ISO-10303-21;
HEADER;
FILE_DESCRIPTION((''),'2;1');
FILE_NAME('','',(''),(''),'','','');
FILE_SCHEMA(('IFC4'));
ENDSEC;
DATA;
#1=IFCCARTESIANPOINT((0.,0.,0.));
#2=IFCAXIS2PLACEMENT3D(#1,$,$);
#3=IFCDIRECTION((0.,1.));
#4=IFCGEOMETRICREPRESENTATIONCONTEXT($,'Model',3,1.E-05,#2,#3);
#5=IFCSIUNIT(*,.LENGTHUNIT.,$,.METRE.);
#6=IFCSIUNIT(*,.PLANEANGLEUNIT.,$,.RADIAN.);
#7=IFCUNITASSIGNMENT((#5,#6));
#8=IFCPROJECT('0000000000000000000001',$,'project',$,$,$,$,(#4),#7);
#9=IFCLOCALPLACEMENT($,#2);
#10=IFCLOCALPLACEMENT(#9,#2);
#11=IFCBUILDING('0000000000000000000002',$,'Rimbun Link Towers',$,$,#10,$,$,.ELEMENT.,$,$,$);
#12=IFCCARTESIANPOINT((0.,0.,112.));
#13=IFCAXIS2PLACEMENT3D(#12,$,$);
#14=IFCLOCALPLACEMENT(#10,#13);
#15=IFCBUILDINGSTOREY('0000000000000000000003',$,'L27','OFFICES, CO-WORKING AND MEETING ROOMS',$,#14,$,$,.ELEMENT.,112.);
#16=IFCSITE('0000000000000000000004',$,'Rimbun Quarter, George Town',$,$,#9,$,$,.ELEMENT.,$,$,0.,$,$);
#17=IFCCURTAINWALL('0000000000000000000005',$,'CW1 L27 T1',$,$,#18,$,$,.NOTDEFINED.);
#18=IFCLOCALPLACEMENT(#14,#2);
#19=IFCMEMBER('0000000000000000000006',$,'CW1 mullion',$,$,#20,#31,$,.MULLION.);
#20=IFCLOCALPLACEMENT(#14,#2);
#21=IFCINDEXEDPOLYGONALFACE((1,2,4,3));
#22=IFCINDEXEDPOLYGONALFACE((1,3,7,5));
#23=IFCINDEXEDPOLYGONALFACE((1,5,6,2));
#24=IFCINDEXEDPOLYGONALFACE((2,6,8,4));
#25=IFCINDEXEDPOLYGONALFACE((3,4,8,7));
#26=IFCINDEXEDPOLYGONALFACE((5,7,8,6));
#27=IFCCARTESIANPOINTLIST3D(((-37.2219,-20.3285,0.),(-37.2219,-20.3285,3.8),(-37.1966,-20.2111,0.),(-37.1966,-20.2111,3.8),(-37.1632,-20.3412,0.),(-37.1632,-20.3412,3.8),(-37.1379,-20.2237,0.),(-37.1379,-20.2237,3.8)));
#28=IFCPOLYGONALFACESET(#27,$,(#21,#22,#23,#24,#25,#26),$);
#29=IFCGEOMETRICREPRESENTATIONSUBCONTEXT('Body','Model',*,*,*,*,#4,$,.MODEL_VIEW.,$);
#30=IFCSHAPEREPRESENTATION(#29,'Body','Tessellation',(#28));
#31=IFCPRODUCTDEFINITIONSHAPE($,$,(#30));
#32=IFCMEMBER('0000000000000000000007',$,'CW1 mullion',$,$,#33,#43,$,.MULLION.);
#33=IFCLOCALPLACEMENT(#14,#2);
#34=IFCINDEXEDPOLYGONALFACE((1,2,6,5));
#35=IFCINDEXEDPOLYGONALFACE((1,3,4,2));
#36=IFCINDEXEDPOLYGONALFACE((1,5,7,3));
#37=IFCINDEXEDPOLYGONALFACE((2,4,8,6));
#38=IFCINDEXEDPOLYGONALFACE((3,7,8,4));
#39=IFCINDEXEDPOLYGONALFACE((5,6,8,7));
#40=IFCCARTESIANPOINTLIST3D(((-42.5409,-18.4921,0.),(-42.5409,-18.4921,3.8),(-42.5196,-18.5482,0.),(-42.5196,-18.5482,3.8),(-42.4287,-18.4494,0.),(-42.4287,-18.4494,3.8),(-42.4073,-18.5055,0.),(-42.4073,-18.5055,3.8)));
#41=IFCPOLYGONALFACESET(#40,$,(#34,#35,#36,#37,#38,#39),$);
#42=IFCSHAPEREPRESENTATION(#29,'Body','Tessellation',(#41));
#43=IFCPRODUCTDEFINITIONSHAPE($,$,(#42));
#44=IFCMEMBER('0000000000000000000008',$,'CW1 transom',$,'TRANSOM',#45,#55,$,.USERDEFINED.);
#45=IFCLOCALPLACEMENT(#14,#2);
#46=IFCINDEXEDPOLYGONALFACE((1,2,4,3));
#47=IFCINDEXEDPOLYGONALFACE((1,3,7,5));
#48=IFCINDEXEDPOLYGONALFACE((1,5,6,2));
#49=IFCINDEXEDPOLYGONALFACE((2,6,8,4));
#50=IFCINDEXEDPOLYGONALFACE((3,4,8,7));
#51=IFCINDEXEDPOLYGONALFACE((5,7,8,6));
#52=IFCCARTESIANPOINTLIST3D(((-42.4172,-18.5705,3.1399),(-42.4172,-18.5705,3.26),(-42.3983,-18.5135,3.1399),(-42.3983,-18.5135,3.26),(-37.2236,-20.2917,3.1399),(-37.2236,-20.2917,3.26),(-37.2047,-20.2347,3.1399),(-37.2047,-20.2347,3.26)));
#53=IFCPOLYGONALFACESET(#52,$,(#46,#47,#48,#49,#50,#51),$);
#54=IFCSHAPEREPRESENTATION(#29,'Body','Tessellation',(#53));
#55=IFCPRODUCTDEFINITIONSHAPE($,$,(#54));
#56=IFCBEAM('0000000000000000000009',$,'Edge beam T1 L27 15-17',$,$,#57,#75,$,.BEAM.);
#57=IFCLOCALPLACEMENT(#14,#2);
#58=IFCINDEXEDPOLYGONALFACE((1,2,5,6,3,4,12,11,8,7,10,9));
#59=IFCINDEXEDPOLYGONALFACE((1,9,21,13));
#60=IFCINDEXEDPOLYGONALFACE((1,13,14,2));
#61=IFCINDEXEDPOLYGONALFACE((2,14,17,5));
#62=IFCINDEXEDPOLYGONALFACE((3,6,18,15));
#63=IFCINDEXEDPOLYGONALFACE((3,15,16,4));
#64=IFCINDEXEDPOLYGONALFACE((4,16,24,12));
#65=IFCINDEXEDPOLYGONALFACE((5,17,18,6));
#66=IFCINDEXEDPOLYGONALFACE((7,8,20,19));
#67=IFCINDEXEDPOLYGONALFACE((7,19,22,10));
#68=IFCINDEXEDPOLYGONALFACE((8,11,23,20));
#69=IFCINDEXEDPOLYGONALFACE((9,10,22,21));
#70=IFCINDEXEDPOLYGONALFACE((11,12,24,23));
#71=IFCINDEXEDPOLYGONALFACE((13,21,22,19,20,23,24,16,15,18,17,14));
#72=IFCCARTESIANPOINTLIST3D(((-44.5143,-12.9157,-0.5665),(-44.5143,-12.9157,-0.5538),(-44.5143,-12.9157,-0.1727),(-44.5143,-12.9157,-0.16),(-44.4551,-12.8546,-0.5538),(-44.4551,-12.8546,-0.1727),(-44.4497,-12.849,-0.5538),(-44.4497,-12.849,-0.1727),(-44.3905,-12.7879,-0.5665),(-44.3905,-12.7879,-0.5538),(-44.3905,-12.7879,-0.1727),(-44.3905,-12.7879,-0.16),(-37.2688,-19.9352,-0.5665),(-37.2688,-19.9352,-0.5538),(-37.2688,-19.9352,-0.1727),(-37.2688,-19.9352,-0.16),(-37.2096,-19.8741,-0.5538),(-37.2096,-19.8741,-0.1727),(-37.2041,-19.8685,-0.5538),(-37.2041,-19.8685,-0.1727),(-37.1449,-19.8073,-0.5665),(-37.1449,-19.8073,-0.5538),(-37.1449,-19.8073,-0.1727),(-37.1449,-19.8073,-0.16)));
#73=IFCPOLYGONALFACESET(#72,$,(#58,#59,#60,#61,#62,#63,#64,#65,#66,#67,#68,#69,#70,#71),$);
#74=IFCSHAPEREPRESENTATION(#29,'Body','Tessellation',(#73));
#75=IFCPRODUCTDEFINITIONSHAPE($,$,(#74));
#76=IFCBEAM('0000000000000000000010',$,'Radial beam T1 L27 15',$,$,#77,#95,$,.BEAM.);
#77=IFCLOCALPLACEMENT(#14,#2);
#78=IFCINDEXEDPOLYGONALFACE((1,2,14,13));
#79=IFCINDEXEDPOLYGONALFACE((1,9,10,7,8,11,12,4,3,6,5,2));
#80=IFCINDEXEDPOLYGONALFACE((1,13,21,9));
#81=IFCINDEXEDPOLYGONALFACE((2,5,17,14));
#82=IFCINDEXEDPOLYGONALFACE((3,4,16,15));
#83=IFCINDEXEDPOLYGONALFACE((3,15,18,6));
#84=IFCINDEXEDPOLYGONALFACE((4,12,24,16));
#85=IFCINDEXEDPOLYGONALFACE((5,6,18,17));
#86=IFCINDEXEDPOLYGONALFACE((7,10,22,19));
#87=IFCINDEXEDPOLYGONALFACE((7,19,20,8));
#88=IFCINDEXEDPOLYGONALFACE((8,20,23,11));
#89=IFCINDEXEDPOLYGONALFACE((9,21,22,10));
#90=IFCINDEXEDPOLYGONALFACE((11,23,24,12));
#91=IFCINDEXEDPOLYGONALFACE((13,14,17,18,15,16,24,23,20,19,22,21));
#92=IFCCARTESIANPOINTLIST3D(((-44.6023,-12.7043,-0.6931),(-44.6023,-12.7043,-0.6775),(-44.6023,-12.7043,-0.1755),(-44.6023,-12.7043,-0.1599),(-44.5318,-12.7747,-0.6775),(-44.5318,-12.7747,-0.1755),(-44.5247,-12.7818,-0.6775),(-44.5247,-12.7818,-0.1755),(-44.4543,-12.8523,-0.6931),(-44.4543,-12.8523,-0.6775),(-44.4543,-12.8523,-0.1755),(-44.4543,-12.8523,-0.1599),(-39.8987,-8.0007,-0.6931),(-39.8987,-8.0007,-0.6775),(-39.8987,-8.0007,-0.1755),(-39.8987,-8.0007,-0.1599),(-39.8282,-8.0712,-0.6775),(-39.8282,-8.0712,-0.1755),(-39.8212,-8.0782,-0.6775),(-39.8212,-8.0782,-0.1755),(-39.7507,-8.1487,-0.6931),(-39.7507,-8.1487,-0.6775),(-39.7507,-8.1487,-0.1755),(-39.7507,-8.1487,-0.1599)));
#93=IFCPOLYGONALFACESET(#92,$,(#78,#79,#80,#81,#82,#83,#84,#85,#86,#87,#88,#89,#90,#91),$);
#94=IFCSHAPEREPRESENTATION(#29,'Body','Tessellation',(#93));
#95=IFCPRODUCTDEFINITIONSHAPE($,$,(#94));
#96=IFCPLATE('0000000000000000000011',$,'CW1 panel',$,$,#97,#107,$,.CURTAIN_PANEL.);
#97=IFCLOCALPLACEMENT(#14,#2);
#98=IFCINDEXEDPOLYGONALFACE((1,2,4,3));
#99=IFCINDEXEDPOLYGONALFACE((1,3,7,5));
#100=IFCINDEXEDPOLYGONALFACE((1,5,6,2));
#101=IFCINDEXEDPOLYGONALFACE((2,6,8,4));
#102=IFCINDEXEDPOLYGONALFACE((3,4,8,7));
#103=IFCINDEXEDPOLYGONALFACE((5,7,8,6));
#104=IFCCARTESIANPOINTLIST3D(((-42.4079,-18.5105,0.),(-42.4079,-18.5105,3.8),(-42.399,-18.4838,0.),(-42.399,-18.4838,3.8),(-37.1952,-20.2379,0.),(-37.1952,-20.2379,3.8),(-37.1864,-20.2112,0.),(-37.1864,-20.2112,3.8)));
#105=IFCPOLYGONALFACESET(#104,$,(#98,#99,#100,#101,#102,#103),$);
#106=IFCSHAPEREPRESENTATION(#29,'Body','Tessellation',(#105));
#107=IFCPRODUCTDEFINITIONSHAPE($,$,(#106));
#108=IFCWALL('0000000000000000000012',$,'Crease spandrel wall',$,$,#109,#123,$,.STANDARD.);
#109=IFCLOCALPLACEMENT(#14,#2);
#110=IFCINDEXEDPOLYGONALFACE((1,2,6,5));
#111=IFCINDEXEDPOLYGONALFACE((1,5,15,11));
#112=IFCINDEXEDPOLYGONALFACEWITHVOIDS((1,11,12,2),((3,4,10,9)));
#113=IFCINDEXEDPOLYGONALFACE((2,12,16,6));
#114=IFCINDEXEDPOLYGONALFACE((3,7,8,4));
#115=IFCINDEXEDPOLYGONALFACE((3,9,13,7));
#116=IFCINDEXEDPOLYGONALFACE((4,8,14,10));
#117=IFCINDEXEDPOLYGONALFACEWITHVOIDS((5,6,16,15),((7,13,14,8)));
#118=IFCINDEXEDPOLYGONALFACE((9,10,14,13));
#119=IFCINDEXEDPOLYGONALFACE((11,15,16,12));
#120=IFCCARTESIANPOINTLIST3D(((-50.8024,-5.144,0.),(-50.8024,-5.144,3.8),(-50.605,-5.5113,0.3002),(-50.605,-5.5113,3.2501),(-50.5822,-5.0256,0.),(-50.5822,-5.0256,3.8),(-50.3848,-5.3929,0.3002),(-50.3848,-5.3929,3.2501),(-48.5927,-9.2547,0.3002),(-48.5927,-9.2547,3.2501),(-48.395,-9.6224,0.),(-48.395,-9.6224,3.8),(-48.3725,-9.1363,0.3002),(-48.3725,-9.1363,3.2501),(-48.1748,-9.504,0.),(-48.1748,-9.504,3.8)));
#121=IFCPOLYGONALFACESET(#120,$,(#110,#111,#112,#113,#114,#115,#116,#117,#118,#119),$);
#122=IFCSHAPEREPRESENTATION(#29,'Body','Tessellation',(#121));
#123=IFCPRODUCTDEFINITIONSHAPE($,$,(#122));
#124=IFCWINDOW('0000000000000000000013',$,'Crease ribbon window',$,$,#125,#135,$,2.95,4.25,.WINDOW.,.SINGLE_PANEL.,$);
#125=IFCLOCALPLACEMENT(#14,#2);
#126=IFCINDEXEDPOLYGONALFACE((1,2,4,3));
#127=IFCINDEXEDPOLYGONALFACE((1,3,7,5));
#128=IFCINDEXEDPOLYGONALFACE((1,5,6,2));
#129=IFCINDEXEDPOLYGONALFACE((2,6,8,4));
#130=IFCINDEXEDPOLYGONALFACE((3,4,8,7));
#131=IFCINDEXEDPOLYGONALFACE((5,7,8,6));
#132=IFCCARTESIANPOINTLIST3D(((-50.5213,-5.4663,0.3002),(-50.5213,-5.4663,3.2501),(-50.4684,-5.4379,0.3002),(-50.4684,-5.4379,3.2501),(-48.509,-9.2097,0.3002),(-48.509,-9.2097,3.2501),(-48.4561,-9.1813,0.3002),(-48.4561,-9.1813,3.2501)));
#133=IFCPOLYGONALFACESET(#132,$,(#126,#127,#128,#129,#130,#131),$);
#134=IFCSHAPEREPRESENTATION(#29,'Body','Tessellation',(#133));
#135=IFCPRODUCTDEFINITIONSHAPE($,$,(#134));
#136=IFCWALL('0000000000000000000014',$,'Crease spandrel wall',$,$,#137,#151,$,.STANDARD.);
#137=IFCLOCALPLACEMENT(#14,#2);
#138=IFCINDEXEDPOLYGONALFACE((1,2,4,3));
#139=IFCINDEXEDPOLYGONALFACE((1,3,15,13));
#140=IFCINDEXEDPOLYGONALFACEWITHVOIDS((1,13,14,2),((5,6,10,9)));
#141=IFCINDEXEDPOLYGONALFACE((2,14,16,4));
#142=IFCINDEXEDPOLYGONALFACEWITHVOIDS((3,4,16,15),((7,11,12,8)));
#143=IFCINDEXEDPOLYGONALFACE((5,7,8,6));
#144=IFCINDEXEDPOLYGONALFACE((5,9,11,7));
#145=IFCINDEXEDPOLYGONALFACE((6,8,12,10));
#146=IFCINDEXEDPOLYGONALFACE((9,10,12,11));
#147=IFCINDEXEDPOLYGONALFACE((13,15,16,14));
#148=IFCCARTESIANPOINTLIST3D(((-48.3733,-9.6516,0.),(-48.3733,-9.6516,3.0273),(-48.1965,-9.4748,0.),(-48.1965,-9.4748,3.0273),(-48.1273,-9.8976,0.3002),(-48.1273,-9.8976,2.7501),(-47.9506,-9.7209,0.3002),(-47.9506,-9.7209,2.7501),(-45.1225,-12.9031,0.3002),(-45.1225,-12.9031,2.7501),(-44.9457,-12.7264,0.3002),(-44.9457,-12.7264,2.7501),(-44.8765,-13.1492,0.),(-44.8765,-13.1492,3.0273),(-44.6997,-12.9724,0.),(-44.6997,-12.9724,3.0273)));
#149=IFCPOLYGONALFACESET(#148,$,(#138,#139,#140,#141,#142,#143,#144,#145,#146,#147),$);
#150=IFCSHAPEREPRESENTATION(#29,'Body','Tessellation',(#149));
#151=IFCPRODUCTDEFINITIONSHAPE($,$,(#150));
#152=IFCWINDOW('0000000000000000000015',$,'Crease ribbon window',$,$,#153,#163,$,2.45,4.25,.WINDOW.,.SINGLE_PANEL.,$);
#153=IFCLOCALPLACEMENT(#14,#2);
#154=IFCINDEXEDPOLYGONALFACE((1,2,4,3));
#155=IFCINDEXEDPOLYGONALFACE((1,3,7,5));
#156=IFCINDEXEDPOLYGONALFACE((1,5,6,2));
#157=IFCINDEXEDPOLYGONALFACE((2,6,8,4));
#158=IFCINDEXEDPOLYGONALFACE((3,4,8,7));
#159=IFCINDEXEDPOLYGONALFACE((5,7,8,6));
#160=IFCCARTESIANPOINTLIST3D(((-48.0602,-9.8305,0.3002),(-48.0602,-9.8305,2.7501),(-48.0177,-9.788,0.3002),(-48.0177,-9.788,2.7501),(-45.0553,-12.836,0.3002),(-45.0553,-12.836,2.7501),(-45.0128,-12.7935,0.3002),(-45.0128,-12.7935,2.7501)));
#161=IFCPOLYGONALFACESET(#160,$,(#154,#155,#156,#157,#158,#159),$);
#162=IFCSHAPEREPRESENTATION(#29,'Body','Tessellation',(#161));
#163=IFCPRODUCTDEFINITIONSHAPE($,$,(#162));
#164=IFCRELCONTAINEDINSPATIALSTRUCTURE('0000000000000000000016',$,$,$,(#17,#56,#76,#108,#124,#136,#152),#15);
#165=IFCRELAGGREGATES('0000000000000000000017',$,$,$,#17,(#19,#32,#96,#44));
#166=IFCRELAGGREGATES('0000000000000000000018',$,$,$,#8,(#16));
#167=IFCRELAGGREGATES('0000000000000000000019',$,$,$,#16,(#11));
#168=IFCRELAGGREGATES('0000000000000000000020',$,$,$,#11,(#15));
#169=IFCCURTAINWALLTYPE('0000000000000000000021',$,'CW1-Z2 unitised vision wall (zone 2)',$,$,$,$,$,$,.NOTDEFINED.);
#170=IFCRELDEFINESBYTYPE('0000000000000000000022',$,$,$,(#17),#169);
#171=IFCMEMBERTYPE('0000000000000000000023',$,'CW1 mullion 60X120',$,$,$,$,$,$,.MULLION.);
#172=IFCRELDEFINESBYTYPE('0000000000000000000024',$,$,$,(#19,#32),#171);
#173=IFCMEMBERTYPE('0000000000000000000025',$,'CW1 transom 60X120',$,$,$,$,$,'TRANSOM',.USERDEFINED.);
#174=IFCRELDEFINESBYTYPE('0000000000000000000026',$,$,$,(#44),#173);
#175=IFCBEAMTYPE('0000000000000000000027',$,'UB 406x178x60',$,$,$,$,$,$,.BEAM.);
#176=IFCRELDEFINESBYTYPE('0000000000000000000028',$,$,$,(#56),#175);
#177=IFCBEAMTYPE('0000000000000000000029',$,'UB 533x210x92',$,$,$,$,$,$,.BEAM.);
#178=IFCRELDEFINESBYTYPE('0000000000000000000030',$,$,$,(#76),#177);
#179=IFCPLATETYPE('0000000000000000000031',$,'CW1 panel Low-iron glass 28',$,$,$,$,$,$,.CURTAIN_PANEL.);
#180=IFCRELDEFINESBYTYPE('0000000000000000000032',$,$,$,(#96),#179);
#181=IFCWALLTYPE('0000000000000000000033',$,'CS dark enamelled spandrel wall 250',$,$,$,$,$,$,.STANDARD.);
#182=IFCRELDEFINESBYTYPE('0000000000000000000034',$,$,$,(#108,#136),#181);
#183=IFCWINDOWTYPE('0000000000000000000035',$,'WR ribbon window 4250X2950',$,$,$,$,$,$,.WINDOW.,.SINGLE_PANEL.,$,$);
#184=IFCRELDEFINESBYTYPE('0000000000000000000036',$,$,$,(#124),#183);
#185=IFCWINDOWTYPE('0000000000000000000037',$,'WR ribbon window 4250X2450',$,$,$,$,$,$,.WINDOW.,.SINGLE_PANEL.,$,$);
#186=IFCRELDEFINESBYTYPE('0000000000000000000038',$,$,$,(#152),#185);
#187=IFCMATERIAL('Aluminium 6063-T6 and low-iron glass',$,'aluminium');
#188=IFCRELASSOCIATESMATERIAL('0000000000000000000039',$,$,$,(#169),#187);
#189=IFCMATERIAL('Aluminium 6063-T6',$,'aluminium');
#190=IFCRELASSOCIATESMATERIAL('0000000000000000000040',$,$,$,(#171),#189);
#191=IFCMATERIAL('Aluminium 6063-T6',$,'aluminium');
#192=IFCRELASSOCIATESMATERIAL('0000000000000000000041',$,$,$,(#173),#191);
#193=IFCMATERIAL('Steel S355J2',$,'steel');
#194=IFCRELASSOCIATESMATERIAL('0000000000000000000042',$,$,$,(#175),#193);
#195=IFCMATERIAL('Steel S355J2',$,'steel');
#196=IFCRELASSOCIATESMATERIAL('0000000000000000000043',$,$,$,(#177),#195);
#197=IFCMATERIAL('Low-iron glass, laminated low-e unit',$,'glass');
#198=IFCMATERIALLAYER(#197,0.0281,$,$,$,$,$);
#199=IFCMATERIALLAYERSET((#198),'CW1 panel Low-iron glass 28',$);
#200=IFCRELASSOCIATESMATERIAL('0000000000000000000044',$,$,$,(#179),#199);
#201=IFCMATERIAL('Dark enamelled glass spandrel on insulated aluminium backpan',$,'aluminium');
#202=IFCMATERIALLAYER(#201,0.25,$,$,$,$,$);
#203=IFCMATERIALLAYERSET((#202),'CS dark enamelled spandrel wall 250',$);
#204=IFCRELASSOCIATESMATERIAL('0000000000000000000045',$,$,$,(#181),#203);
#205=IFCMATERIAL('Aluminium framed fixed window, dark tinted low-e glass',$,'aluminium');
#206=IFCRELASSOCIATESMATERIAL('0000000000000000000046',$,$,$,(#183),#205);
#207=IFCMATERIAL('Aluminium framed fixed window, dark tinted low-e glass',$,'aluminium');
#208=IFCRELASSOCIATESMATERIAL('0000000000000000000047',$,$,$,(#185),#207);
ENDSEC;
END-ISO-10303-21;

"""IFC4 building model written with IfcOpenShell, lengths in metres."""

from ifc_helpers import new_model, si_unit, direction, frame, frame_2d, origin, origin_2d, place, context, subcontext, project, spatial, rectangle, i_section, extrude, material, layer, layer_set, material_profile, profile_set, type_object, element, fill, aggregate, save


model = new_model("IFC4")

# Units and contexts
model_context = context("Model", 3, precision=1e-05, world=origin(), true_north=direction((0.0, 1.0)))
body_context = subcontext(model_context, "Body", "Model", "MODEL_VIEW")
ifc_project = project(units=[si_unit("LENGTHUNIT", "METRE"), si_unit("PLANEANGLEUNIT", "RADIAN")], contexts=[model_context])

# Site, building, storey
site_placement = place(None, origin())
site = spatial("IfcSite", under=ifc_project, at=site_placement, Name="Rimbun Quarter, George Town", CompositionType="ELEMENT", RefElevation=0.0)
building_placement = place(site_placement, origin())
building = spatial("IfcBuilding", under=site, at=building_placement, Name="Rimbun Link Towers", CompositionType="ELEMENT")
storey_placement = place(building_placement, frame((0.0, 0.0, 112.0)))
storey = spatial("IfcBuildingStorey", under=building, at=storey_placement, Name="L27", Description="OFFICES, CO-WORKING AND MEETING ROOMS", CompositionType="ELEMENT", Elevation=112.0)

# Curtain wall, members
ifc_material_1 = material(Name="Aluminium 6063-T6 and low-iron glass", Category="aluminium")
curtain_wall_type = type_object("IfcCurtainWallType", Name="CW1-Z2 unitised vision wall (zone 2)", PredefinedType="NOTDEFINED", material=ifc_material_1)
curtain_wall_placement = place(storey_placement, origin())
curtain_wall = element("IfcCurtainWall", 1, at=curtain_wall_placement, inside=storey, type_object=curtain_wall_type, Name="CW1 L27 T1", PredefinedType="NOTDEFINED")
ifc_material_2 = material(Name="Aluminium 6063-T6", Category="aluminium")
ifc_material_profile_1 = material_profile(ifc_material_2, rectangle(XDim=0.1201, YDim=0.0601, at=origin_2d()), Name="MULLION 60X120")
ifc_profile_set_1 = profile_set([ifc_material_profile_1], Name="Aluminium 6063-T6")
member_type_1 = type_object("IfcMemberType", Name="CW1 mullion 60X120", PredefinedType="MULLION", material=ifc_profile_set_1)
member_1_placement = place(storey_placement, frame((-37.1799, -20.2761, 0.0), z_axis=(0.0, 0.0, 1.0), x_axis=(-0.210865, -0.977515, 0.0)))
member_1 = element("IfcMember", 2, at=member_1_placement, type_object=member_type_1, Name="CW1 mullion", PredefinedType="MULLION", context=body_context, shape_type="SweptSolid", body=[
    extrude(rectangle(XDim=0.1201, YDim=0.0601, at=origin_2d()), origin(), (0.0, 0.0, 1.0), 3.8),
])
member_2_placement = place(storey_placement, frame((-42.4741, -18.4988, 0.0), z_axis=(0.0, 0.0, 1.0), x_axis=(-0.934622, -0.355643, 0.0)))
member_2 = element("IfcMember", 3, at=member_2_placement, type_object=member_type_1, Name="CW1 mullion", PredefinedType="MULLION", context=body_context, shape_type="SweptSolid", body=[
    extrude(rectangle(XDim=0.1201, YDim=0.0601, at=origin_2d()), origin(), (0.0, 0.0, 1.0), 3.8),
])
ifc_material_3 = material(Name="Aluminium 6063-T6", Category="aluminium")
ifc_material_profile_2 = material_profile(ifc_material_3, rectangle(XDim=0.0601, YDim=0.1201, at=origin_2d()), Name="TRANSOM 60X120")
ifc_profile_set_2 = profile_set([ifc_material_profile_2], Name="Aluminium 6063-T6")
member_type_2 = type_object("IfcMemberType", Name="CW1 transom 60X120", ElementType="TRANSOM", PredefinedType="USERDEFINED", material=ifc_profile_set_2)
member_3_placement = place(storey_placement, frame((-37.2141, -20.2632, 3.2), z_axis=(-0.949231, 0.314581, 0.0), x_axis=(-0.314581, -0.949231, 0.0)))
member_3 = element("IfcMember", 4, at=member_3_placement, type_object=member_type_2, Name="CW1 transom", ObjectType="TRANSOM", PredefinedType="USERDEFINED", context=body_context, shape_type="SweptSolid", body=[
    extrude(rectangle(XDim=0.0601, YDim=0.1201, at=origin_2d()), origin(), (0.0, 0.0, 1.0), 5.4714),
])

# Beams
ifc_material_4 = material(Name="Steel S355J2", Category="steel")
ifc_material_profile_3 = material_profile(ifc_material_4, i_section(OverallWidth=0.178, OverallDepth=0.4065, WebThickness=0.0078, FlangeThickness=0.0127, at=origin_2d()), Name="UB 406x178x60")
ifc_profile_set_3 = profile_set([ifc_material_profile_3], Name="Steel S355J2")
beam_type_1 = type_object("IfcBeamType", Name="UB 406x178x60", PredefinedType="BEAM", material=ifc_profile_set_3)
beam_1_placement = place(storey_placement, frame((-44.4524, -12.8518, -0.3633), z_axis=(0.718223, -0.695813, 0.0), x_axis=(0.695813, 0.718223, 0.0)))
element("IfcBeam", 5, at=beam_1_placement, inside=storey, type_object=beam_type_1, Name="Edge beam T1 L27 15-17", PredefinedType="BEAM", context=body_context, shape_type="SweptSolid", body=[
    extrude(i_section(OverallWidth=0.178, OverallDepth=0.4065, WebThickness=0.0078, FlangeThickness=0.0127, at=origin_2d()), origin(), (0.0, 0.0, 1.0), 10.0881),
])
ifc_material_5 = material(Name="Steel S355J2", Category="steel")
ifc_material_profile_4 = material_profile(ifc_material_5, i_section(OverallWidth=0.2092, OverallDepth=0.5332, WebThickness=0.01, FlangeThickness=0.0156, at=origin_2d()), Name="UB 533x210x92")
ifc_profile_set_4 = profile_set([ifc_material_profile_4], Name="Steel S355J2")
beam_type_2 = type_object("IfcBeamType", Name="UB 533x210x92", PredefinedType="BEAM", material=ifc_profile_set_4)
beam_2_placement = place(storey_placement, frame((-39.8247, -8.0747, -0.4265), z_axis=(-0.707107, -0.707107, 0.0), x_axis=(0.707107, -0.707107, 0.0)))
element("IfcBeam", 6, at=beam_2_placement, inside=storey, type_object=beam_type_2, Name="Radial beam T1 L27 15", PredefinedType="BEAM", context=body_context, shape_type="SweptSolid", body=[
    extrude(i_section(OverallWidth=0.2092, OverallDepth=0.5332, WebThickness=0.01, FlangeThickness=0.0156, at=origin_2d()), origin(), (0.0, 0.0, 1.0), 6.6519),
])

# Plate
ifc_material_6 = material(Name="Low-iron glass, laminated low-e unit", Category="glass")
ifc_layer_1 = layer(ifc_material_6, 0.0281)
ifc_layer_set_1 = layer_set([ifc_layer_1], Name="CW1 panel Low-iron glass 28")
plate_type = type_object("IfcPlateType", Name="CW1 panel Low-iron glass 28", PredefinedType="CURTAIN_PANEL", material=ifc_layer_set_1)
plate_placement = place(storey_placement, frame((-39.7971, -19.3608, 0.0), z_axis=(0.0, 0.0, 1.0), x_axis=(-0.949237, 0.314562, 0.0)))
plate = element("IfcPlate", 7, at=plate_placement, type_object=plate_type, Name="CW1 panel", PredefinedType="CURTAIN_PANEL", context=body_context, shape_type="SweptSolid", body=[
    extrude(rectangle(XDim=5.4915, YDim=0.0281, at=origin_2d()), origin(), (0.0, 0.0, 1.0), 3.8),
])
aggregate(curtain_wall, [member_1, member_2, plate, member_3])

# Walls, openings, windows
ifc_material_7 = material(Name="Dark enamelled glass spandrel on insulated aluminium backpan", Category="aluminium")
ifc_layer_2 = layer(ifc_material_7, 0.25)
ifc_layer_set_2 = layer_set([ifc_layer_2], Name="CS dark enamelled spandrel wall 250")
wall_type_1 = type_object("IfcWallType", Name="CS dark enamelled spandrel wall 250", PredefinedType="STANDARD", material=ifc_layer_set_2)
wall_1_placement = place(storey_placement, frame((-48.2849, -9.5632, 0.0), z_axis=(0.0, 0.0, 1.0), x_axis=(-0.473484, 0.880802, 0.0)))
wall_1 = element("IfcWall", 8, at=wall_1_placement, inside=storey, type_object=wall_type_1, Name="Crease spandrel wall", PredefinedType="STANDARD", context=body_context, shape_type="SweptSolid", body=[
    extrude(rectangle(XDim=5.0845, YDim=0.25, at=frame_2d((2.5422, 0.0))), origin(), (0.0, 0.0, 1.0), 3.8),
])
opening_1_placement = place(wall_1_placement, frame((0.4175, 0.0, 0.3)))
opening_1 = element("IfcOpeningElement", 9, at=opening_1_placement, cuts=wall_1, PredefinedType="OPENING", context=body_context, shape_type="SweptSolid", body=[
    extrude(rectangle(XDim=4.25, YDim=2.95, at=frame_2d((2.125, 1.4751))), frame((0.0, 0.135, 0.0), z_axis=(0.0, -1.0, 0.0), x_axis=(1.0, 0.0, 0.0)), (0.0, 0.0, 1.0), 0.27),
])
ifc_material_8 = material(Name="Aluminium framed fixed window, dark tinted low-e glass", Category="aluminium")
window_type_1 = type_object("IfcWindowType", Name="WR ribbon window 4250X2950", PartitioningType="SINGLE_PANEL", PredefinedType="WINDOW", material=ifc_material_8)
window_1_placement = place(opening_1_placement, origin())
window_1 = element("IfcWindow", 10, at=window_1_placement, inside=storey, type_object=window_type_1, Name="Crease ribbon window", OverallHeight=2.95, OverallWidth=4.25, PartitioningType="SINGLE_PANEL", PredefinedType="WINDOW", context=body_context, shape_type="SweptSolid", body=[
    extrude(rectangle(XDim=4.25, YDim=2.95, at=frame_2d((2.125, 1.4751))), frame((0.0, 0.03, 0.0), z_axis=(0.0, -1.0, 0.0), x_axis=(1.0, 0.0, 0.0)), (0.0, 0.0, 1.0), 0.0601),
])
fill(opening_1, window_1)
wall_2_placement = place(storey_placement, frame((-44.7881, -13.0608, 0.0), z_axis=(0.0, 0.0, 1.0), x_axis=(-0.707033, 0.707181, 0.0)))
wall_2 = element("IfcWall", 11, at=wall_2_placement, inside=storey, type_object=wall_type_1, Name="Crease spandrel wall", PredefinedType="STANDARD", context=body_context, shape_type="SweptSolid", body=[
    extrude(rectangle(XDim=4.9458, YDim=0.25, at=frame_2d((2.4729, 0.0))), origin(), (0.0, 0.0, 1.0), 3.0273),
])
opening_2_placement = place(wall_2_placement, frame((0.3479, 0.0, 0.3)))
opening_2 = element("IfcOpeningElement", 12, at=opening_2_placement, cuts=wall_2, PredefinedType="OPENING", context=body_context, shape_type="SweptSolid", body=[
    extrude(rectangle(XDim=4.25, YDim=2.45, at=frame_2d((2.125, 1.2251))), frame((0.0, 0.135, 0.0), z_axis=(0.0, -1.0, 0.0), x_axis=(1.0, 0.0, 0.0)), (0.0, 0.0, 1.0), 0.27),
])
ifc_material_9 = material(Name="Aluminium framed fixed window, dark tinted low-e glass", Category="aluminium")
window_type_2 = type_object("IfcWindowType", Name="WR ribbon window 4250X2450", PartitioningType="SINGLE_PANEL", PredefinedType="WINDOW", material=ifc_material_9)
window_2_placement = place(opening_2_placement, origin())
window_2 = element("IfcWindow", 13, at=window_2_placement, inside=storey, type_object=window_type_2, Name="Crease ribbon window", OverallHeight=2.45, OverallWidth=4.25, PartitioningType="SINGLE_PANEL", PredefinedType="WINDOW", context=body_context, shape_type="SweptSolid", body=[
    extrude(rectangle(XDim=4.25, YDim=2.45, at=frame_2d((2.125, 1.2251))), frame((0.0, 0.03, 0.0), z_axis=(0.0, -1.0, 0.0), x_axis=(1.0, 0.0, 0.0)), (0.0, 0.0, 1.0), 0.0601),
])
fill(opening_2, window_2)

save(model, "model.ifc")
